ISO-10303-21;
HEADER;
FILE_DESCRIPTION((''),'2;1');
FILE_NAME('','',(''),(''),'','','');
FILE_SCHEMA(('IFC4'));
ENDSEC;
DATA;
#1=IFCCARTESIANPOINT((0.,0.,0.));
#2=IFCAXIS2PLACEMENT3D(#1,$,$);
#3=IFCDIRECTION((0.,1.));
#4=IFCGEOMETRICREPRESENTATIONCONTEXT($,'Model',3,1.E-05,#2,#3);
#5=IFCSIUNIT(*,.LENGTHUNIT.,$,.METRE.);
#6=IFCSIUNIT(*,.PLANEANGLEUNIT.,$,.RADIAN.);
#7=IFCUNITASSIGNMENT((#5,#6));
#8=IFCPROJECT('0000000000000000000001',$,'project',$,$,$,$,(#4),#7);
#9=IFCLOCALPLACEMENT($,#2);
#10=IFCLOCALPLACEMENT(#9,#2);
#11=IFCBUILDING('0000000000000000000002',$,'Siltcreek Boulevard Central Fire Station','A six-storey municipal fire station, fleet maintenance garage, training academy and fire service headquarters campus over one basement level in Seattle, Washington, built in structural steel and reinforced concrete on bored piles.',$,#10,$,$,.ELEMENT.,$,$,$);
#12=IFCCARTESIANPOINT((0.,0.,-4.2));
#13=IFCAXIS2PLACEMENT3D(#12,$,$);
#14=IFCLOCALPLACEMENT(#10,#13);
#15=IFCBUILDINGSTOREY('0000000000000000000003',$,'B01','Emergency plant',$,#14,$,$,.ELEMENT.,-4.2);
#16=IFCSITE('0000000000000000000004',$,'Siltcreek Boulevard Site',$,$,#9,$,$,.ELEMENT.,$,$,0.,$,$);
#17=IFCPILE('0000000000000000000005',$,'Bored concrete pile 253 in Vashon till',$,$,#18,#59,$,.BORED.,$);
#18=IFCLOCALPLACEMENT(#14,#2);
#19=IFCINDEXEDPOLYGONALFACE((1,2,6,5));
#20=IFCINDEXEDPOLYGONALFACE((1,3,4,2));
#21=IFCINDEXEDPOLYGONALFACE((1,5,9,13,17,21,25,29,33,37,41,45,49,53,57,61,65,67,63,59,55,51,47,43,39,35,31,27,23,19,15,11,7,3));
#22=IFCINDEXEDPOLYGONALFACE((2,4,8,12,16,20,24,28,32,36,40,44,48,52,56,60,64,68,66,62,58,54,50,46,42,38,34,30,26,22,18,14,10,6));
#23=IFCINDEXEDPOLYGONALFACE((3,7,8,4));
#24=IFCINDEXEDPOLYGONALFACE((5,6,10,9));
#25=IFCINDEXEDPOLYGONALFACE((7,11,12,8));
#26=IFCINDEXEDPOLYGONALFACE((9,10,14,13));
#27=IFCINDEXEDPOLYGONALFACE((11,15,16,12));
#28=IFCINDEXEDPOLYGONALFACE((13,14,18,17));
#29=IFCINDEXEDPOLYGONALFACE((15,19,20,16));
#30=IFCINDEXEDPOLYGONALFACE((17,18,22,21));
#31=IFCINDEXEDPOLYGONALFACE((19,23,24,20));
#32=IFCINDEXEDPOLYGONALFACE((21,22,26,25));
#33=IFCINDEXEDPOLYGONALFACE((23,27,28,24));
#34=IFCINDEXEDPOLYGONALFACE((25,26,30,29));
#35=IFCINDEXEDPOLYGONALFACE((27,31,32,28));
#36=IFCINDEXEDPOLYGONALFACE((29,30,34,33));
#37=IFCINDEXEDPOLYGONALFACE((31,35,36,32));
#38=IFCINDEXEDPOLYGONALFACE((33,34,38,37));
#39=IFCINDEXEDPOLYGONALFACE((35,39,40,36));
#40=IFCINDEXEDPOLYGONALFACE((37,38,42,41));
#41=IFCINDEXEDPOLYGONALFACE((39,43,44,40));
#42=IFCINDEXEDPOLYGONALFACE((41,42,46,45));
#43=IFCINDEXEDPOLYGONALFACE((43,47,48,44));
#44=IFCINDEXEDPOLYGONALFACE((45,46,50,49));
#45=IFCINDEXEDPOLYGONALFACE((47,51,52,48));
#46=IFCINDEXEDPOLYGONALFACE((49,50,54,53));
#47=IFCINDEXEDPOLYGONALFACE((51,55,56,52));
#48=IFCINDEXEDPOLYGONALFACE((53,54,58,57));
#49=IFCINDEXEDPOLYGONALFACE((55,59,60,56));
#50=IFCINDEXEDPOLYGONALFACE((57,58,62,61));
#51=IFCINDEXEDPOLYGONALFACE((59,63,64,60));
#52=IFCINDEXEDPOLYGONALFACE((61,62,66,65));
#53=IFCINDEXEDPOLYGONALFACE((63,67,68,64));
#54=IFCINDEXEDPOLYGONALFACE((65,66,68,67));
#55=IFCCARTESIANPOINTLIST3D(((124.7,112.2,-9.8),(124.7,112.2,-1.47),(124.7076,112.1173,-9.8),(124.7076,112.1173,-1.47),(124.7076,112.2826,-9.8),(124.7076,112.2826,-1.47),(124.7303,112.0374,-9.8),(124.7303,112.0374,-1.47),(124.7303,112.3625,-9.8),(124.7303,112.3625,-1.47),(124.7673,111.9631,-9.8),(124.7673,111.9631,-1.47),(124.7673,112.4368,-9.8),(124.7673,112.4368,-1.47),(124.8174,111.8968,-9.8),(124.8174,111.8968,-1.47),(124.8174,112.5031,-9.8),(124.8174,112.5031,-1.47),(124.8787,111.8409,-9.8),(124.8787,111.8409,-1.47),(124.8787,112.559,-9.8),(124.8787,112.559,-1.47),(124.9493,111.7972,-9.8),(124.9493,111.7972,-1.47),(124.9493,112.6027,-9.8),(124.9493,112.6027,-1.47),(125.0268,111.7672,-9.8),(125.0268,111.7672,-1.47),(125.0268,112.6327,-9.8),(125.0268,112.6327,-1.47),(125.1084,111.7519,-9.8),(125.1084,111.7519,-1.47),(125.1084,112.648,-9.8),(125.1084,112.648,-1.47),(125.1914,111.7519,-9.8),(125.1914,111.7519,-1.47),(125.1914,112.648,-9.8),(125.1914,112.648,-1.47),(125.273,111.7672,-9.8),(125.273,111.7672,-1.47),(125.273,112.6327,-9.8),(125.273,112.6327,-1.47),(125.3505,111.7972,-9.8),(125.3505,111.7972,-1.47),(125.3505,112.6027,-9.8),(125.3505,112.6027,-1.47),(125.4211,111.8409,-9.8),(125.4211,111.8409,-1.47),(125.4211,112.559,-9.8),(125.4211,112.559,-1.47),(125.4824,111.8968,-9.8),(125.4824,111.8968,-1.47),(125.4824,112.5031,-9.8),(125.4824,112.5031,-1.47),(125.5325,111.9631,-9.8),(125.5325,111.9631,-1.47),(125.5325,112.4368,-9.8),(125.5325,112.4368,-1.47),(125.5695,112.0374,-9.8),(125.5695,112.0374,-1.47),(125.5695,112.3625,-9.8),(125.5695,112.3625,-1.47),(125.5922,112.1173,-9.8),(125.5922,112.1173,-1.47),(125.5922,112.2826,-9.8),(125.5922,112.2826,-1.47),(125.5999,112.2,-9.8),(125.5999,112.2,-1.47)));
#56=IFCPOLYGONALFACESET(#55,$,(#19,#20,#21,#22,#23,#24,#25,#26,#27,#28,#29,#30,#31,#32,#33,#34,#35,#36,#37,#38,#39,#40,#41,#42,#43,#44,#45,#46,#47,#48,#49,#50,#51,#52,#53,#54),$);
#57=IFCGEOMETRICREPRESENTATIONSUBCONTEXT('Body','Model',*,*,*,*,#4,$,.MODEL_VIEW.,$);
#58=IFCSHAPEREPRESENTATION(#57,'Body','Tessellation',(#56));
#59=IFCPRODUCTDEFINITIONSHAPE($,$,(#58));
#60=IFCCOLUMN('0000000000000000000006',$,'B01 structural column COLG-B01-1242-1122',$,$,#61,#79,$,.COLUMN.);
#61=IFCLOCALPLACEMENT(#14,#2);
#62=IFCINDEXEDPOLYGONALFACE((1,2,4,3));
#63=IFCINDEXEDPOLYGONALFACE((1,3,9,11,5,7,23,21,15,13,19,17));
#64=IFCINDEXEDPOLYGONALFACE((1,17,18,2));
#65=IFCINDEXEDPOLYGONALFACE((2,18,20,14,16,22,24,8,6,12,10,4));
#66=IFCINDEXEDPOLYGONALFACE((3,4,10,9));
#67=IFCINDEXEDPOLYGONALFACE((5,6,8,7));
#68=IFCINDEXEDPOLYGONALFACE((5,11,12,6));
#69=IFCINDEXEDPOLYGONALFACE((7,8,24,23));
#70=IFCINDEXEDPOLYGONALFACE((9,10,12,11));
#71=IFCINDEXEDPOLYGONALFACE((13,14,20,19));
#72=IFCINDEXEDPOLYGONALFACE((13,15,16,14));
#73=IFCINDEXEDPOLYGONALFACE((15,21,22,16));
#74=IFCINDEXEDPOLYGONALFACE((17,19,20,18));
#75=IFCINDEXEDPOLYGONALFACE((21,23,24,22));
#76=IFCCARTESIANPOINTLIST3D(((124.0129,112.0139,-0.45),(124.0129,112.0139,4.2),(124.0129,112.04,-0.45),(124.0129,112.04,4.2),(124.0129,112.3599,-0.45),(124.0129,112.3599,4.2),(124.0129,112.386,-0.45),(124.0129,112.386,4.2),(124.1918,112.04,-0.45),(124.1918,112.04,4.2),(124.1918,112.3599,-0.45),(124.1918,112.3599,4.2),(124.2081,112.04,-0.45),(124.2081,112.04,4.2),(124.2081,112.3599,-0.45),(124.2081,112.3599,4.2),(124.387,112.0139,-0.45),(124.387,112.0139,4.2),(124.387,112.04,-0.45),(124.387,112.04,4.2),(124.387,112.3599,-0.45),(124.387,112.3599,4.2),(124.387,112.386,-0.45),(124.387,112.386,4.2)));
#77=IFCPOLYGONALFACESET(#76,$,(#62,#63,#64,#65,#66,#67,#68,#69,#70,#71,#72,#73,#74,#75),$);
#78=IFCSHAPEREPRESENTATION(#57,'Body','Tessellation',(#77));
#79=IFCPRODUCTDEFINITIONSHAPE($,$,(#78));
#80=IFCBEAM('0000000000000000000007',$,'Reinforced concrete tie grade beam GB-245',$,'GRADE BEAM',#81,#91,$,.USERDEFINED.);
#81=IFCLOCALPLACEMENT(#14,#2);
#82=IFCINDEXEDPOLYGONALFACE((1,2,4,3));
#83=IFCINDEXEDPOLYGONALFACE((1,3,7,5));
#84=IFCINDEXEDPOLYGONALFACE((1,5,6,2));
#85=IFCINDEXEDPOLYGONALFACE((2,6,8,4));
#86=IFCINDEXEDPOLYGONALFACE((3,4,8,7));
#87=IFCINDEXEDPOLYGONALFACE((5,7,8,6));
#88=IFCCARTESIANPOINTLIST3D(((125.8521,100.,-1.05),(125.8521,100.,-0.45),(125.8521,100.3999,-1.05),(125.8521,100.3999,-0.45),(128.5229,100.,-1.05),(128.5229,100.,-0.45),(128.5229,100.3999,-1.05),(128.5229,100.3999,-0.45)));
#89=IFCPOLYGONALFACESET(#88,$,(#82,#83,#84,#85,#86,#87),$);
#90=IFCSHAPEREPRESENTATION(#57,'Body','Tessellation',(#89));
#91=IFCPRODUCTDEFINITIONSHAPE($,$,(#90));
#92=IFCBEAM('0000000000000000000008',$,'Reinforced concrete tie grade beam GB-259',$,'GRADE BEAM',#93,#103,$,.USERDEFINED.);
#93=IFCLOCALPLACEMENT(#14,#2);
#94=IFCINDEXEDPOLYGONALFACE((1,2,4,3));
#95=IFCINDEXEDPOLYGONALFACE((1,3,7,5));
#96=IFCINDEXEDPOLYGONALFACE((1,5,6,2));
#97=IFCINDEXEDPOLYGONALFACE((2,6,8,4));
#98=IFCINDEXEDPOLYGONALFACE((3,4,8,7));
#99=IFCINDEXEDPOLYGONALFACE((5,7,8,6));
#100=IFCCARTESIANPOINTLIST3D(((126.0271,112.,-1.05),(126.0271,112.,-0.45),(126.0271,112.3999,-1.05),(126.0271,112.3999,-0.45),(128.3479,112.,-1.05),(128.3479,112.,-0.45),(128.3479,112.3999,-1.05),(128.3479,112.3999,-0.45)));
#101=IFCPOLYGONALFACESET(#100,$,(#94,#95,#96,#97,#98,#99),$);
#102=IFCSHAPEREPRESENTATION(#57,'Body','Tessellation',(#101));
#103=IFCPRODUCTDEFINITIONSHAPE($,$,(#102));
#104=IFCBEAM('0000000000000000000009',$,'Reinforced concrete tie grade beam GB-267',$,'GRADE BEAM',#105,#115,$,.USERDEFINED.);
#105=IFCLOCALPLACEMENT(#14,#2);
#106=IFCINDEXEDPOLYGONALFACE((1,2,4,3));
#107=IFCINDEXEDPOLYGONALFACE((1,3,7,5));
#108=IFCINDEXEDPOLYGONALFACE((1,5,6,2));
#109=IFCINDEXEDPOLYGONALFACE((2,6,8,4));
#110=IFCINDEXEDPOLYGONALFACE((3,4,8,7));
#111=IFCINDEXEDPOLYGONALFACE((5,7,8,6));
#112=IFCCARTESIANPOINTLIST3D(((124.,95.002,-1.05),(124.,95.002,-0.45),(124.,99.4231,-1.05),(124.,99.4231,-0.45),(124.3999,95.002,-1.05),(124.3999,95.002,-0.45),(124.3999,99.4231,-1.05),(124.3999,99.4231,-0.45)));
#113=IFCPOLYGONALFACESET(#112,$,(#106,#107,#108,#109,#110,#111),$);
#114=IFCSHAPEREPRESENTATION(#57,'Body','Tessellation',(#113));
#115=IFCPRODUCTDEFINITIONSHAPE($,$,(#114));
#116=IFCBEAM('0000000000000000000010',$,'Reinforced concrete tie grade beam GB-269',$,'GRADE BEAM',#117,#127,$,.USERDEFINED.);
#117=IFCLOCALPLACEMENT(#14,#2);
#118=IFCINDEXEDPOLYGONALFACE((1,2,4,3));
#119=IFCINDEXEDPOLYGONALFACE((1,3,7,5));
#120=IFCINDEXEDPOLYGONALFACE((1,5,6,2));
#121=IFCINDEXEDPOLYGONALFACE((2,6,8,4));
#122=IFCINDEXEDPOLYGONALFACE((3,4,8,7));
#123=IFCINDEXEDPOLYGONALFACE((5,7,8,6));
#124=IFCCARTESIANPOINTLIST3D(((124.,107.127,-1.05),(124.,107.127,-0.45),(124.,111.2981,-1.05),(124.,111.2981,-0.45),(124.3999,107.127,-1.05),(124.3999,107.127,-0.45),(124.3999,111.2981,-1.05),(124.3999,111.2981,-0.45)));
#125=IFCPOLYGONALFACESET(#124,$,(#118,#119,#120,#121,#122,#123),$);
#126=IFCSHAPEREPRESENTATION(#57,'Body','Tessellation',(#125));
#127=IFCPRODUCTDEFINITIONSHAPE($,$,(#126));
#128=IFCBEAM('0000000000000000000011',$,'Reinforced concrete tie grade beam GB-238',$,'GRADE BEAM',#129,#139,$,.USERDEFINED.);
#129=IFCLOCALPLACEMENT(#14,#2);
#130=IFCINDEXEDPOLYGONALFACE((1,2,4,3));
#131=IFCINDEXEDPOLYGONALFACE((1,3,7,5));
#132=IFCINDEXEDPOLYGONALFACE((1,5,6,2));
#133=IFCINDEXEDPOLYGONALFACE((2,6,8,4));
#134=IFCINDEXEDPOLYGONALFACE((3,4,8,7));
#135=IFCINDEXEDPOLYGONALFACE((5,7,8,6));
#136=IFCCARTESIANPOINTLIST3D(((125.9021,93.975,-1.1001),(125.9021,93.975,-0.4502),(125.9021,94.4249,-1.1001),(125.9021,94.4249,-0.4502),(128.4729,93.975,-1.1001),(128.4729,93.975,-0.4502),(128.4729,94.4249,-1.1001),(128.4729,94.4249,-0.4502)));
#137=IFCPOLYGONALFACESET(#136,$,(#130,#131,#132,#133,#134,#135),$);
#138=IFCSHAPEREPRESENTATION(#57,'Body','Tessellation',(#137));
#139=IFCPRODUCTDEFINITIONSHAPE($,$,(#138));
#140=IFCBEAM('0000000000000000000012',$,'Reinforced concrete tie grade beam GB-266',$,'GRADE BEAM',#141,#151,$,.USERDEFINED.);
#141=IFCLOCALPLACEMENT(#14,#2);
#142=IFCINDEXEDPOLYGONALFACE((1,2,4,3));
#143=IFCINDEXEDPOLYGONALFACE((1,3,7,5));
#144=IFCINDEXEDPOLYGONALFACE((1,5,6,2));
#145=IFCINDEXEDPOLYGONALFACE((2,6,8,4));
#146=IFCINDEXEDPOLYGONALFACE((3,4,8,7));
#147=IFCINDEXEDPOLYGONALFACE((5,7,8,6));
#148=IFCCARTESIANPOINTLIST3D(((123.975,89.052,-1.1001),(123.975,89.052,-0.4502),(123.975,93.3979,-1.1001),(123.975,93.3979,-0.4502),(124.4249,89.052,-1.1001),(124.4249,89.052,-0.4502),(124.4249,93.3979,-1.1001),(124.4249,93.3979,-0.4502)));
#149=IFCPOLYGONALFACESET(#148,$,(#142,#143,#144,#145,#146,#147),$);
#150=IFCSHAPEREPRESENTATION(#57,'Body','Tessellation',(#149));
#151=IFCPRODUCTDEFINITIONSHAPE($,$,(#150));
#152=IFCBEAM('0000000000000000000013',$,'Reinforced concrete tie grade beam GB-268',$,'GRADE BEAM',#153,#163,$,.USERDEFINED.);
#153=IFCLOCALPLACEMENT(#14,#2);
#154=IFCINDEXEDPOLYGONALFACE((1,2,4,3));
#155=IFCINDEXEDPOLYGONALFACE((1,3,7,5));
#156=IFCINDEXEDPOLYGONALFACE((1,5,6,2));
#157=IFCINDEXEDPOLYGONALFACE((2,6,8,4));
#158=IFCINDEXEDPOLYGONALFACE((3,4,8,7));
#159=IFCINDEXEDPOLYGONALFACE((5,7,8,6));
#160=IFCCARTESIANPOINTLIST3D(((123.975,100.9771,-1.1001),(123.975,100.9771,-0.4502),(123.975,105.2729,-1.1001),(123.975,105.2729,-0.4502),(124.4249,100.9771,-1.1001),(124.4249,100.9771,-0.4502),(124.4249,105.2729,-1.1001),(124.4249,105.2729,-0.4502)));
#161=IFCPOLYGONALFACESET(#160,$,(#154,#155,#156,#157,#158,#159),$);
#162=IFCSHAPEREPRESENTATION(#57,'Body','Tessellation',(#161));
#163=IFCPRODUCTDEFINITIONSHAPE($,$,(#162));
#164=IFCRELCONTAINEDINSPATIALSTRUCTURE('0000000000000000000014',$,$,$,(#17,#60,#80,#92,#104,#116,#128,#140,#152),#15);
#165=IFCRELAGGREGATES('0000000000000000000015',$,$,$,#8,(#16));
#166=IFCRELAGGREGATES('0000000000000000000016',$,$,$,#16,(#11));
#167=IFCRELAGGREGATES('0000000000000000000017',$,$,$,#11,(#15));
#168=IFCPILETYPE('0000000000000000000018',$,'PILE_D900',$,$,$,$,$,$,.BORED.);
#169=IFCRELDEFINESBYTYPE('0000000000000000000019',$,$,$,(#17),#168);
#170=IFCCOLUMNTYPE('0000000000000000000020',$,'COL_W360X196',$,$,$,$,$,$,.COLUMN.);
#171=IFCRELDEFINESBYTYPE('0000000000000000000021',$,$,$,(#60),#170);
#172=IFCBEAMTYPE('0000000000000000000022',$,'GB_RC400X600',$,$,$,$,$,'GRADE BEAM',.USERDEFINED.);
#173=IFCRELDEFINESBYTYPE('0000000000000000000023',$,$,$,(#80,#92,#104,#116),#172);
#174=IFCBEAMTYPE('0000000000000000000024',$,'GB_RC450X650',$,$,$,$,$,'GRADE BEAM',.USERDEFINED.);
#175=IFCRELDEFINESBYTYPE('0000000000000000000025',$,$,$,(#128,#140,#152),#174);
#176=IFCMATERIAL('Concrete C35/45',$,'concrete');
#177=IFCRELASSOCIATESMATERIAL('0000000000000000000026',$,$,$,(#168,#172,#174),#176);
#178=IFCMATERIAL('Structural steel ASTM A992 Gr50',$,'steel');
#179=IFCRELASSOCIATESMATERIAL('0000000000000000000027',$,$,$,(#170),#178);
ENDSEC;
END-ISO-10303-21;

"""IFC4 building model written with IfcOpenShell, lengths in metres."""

from ifc_helpers import new_model, si_unit, direction, frame, origin, origin_2d, place, context, subcontext, project, spatial, rectangle, circle, i_section, extrude, material, material_profile, profile_set, type_object, element, save


model = new_model("IFC4")

# Units and contexts
model_context = context("Model", 3, precision=1e-05, world=origin(), true_north=direction((0.0, 1.0)))
body_context = subcontext(model_context, "Body", "Model", "MODEL_VIEW")
ifc_project = project(units=[si_unit("LENGTHUNIT", "METRE"), si_unit("PLANEANGLEUNIT", "RADIAN")], contexts=[model_context])

# Site, building, storey
site_placement = place(None, origin())
site = spatial("IfcSite", under=ifc_project, at=site_placement, Name="Siltcreek Boulevard Site", CompositionType="ELEMENT", RefElevation=0.0)
building_placement = place(site_placement, origin())
building = spatial("IfcBuilding", under=site, at=building_placement, Name="Siltcreek Boulevard Central Fire Station", Description="A six-storey municipal fire station, fleet maintenance garage, training academy and fire service headquarters campus over one basement level in Seattle, Washington, built in structural steel and reinforced concrete on bored piles.", CompositionType="ELEMENT")
storey_placement = place(building_placement, frame((0.0, 0.0, -4.2)))
storey = spatial("IfcBuildingStorey", under=building, at=storey_placement, Name="B01", Description="Emergency plant", CompositionType="ELEMENT", Elevation=-4.2)

# Pile
ifc_material_1 = material(Name="Concrete C35/45", Category="concrete")
ifc_material_profile_1 = material_profile(ifc_material_1, circle(Radius=0.45, at=origin_2d()), Name="SHAFT900")
ifc_profile_set_1 = profile_set([ifc_material_profile_1], Name="Concrete C35/45")
pile_type_1 = type_object("IfcPileType", Name="PILE_D900", PredefinedType="BORED", material=ifc_profile_set_1)
pile_1_placement = place(storey_placement, frame((125.1499, 112.2, -1.47), z_axis=(0.0, 0.0, -1.0), x_axis=(1.0, 0.0, 0.0)))
element("IfcPile", 1, at=pile_1_placement, inside=storey, type_object=pile_type_1, Name="Bored concrete pile 253 in Vashon till", PredefinedType="BORED", context=body_context, shape_type="SweptSolid", body=[
    extrude(circle(Radius=0.45, at=origin_2d()), origin(), (0.0, 0.0, 1.0), 8.3301),
])

# Column
ifc_material_2 = material(Name="Structural steel ASTM A992 Gr50", Category="steel")
ifc_material_profile_2 = material_profile(ifc_material_2, i_section(OverallWidth=0.374, OverallDepth=0.3721, WebThickness=0.0164, FlangeThickness=0.0261, at=origin_2d()), Name="W360X196")
ifc_profile_set_2 = profile_set([ifc_material_profile_2], Name="Structural steel ASTM A992 Gr50")
column_type = type_object("IfcColumnType", Name="COL_W360X196", PredefinedType="COLUMN", material=ifc_profile_set_2)
column_placement = place(storey_placement, frame((124.2, 112.2, -0.45), z_axis=(0.0, 0.0, 1.0), x_axis=(1.0, 0.0, 0.0)))
element("IfcColumn", 2, at=column_placement, inside=storey, type_object=column_type, Name="B01 structural column COLG-B01-1242-1122", PredefinedType="COLUMN", context=body_context, shape_type="SweptSolid", body=[
    extrude(i_section(OverallWidth=0.374, OverallDepth=0.3721, WebThickness=0.0164, FlangeThickness=0.0261, at=origin_2d()), origin(), (0.0, 0.0, 1.0), 4.6499),
])

# Beams
ifc_material_profile_3 = material_profile(ifc_material_1, rectangle(XDim=0.3999, YDim=0.6001, at=origin_2d()), Name="RC400X600")
ifc_profile_set_3 = profile_set([ifc_material_profile_3], Name="Concrete C35/45")
beam_type_1 = type_object("IfcBeamType", Name="GB_RC400X600", ElementType="GRADE BEAM", PredefinedType="USERDEFINED", material=ifc_profile_set_3)
beam_1_placement = place(storey_placement, frame((125.8521, 100.2, -0.75), z_axis=(1.0, 0.0, 0.0), x_axis=(0.0, 1.0, 0.0)))
element("IfcBeam", 3, at=beam_1_placement, inside=storey, type_object=beam_type_1, Name="Reinforced concrete tie grade beam GB-245", ObjectType="GRADE BEAM", PredefinedType="USERDEFINED", context=body_context, shape_type="SweptSolid", body=[
    extrude(rectangle(XDim=0.3999, YDim=0.6001, at=origin_2d()), origin(), (0.0, 0.0, 1.0), 2.6709),
])
beam_2_placement = place(storey_placement, frame((126.0271, 112.2, -0.75), z_axis=(1.0, 0.0, 0.0), x_axis=(0.0, 1.0, 0.0)))
element("IfcBeam", 4, at=beam_2_placement, inside=storey, type_object=beam_type_1, Name="Reinforced concrete tie grade beam GB-259", ObjectType="GRADE BEAM", PredefinedType="USERDEFINED", context=body_context, shape_type="SweptSolid", body=[
    extrude(rectangle(XDim=0.3999, YDim=0.6001, at=origin_2d()), origin(), (0.0, 0.0, 1.0), 2.3208),
])
beam_3_placement = place(storey_placement, frame((124.2, 95.002, -0.75), z_axis=(0.0, 1.0, 0.0), x_axis=(-1.0, 0.0, 0.0)))
element("IfcBeam", 5, at=beam_3_placement, inside=storey, type_object=beam_type_1, Name="Reinforced concrete tie grade beam GB-267", ObjectType="GRADE BEAM", PredefinedType="USERDEFINED", context=body_context, shape_type="SweptSolid", body=[
    extrude(rectangle(XDim=0.3999, YDim=0.6001, at=origin_2d()), origin(), (0.0, 0.0, 1.0), 4.4211),
])
beam_4_placement = place(storey_placement, frame((124.2, 107.127, -0.75), z_axis=(0.0, 1.0, 0.0), x_axis=(-1.0, 0.0, 0.0)))
element("IfcBeam", 6, at=beam_4_placement, inside=storey, type_object=beam_type_1, Name="Reinforced concrete tie grade beam GB-269", ObjectType="GRADE BEAM", PredefinedType="USERDEFINED", context=body_context, shape_type="SweptSolid", body=[
    extrude(rectangle(XDim=0.3999, YDim=0.6001, at=origin_2d()), origin(), (0.0, 0.0, 1.0), 4.1711),
])
ifc_material_profile_4 = material_profile(ifc_material_1, rectangle(XDim=0.45, YDim=0.6499, at=origin_2d()), Name="RC450X650")
ifc_profile_set_4 = profile_set([ifc_material_profile_4], Name="Concrete C35/45")
beam_type_2 = type_object("IfcBeamType", Name="GB_RC450X650", ElementType="GRADE BEAM", PredefinedType="USERDEFINED", material=ifc_profile_set_4)
beam_5_placement = place(storey_placement, frame((125.9021, 94.2, -0.7751), z_axis=(1.0, 0.0, 0.0), x_axis=(0.0, 1.0, 0.0)))
element("IfcBeam", 7, at=beam_5_placement, inside=storey, type_object=beam_type_2, Name="Reinforced concrete tie grade beam GB-238", ObjectType="GRADE BEAM", PredefinedType="USERDEFINED", context=body_context, shape_type="SweptSolid", body=[
    extrude(rectangle(XDim=0.45, YDim=0.6499, at=origin_2d()), origin(), (0.0, 0.0, 1.0), 2.5708),
])
beam_6_placement = place(storey_placement, frame((124.2, 89.052, -0.7751), z_axis=(0.0, 1.0, 0.0), x_axis=(-1.0, 0.0, 0.0)))
element("IfcBeam", 8, at=beam_6_placement, inside=storey, type_object=beam_type_2, Name="Reinforced concrete tie grade beam GB-266", ObjectType="GRADE BEAM", PredefinedType="USERDEFINED", context=body_context, shape_type="SweptSolid", body=[
    extrude(rectangle(XDim=0.45, YDim=0.6499, at=origin_2d()), origin(), (0.0, 0.0, 1.0), 4.3459),
])
beam_7_placement = place(storey_placement, frame((124.2, 100.9771, -0.7751), z_axis=(0.0, 1.0, 0.0), x_axis=(-1.0, 0.0, 0.0)))
element("IfcBeam", 9, at=beam_7_placement, inside=storey, type_object=beam_type_2, Name="Reinforced concrete tie grade beam GB-268", ObjectType="GRADE BEAM", PredefinedType="USERDEFINED", context=body_context, shape_type="SweptSolid", body=[
    extrude(rectangle(XDim=0.45, YDim=0.6499, at=origin_2d()), origin(), (0.0, 0.0, 1.0), 4.2959),
])

save(model, "model.ifc")
